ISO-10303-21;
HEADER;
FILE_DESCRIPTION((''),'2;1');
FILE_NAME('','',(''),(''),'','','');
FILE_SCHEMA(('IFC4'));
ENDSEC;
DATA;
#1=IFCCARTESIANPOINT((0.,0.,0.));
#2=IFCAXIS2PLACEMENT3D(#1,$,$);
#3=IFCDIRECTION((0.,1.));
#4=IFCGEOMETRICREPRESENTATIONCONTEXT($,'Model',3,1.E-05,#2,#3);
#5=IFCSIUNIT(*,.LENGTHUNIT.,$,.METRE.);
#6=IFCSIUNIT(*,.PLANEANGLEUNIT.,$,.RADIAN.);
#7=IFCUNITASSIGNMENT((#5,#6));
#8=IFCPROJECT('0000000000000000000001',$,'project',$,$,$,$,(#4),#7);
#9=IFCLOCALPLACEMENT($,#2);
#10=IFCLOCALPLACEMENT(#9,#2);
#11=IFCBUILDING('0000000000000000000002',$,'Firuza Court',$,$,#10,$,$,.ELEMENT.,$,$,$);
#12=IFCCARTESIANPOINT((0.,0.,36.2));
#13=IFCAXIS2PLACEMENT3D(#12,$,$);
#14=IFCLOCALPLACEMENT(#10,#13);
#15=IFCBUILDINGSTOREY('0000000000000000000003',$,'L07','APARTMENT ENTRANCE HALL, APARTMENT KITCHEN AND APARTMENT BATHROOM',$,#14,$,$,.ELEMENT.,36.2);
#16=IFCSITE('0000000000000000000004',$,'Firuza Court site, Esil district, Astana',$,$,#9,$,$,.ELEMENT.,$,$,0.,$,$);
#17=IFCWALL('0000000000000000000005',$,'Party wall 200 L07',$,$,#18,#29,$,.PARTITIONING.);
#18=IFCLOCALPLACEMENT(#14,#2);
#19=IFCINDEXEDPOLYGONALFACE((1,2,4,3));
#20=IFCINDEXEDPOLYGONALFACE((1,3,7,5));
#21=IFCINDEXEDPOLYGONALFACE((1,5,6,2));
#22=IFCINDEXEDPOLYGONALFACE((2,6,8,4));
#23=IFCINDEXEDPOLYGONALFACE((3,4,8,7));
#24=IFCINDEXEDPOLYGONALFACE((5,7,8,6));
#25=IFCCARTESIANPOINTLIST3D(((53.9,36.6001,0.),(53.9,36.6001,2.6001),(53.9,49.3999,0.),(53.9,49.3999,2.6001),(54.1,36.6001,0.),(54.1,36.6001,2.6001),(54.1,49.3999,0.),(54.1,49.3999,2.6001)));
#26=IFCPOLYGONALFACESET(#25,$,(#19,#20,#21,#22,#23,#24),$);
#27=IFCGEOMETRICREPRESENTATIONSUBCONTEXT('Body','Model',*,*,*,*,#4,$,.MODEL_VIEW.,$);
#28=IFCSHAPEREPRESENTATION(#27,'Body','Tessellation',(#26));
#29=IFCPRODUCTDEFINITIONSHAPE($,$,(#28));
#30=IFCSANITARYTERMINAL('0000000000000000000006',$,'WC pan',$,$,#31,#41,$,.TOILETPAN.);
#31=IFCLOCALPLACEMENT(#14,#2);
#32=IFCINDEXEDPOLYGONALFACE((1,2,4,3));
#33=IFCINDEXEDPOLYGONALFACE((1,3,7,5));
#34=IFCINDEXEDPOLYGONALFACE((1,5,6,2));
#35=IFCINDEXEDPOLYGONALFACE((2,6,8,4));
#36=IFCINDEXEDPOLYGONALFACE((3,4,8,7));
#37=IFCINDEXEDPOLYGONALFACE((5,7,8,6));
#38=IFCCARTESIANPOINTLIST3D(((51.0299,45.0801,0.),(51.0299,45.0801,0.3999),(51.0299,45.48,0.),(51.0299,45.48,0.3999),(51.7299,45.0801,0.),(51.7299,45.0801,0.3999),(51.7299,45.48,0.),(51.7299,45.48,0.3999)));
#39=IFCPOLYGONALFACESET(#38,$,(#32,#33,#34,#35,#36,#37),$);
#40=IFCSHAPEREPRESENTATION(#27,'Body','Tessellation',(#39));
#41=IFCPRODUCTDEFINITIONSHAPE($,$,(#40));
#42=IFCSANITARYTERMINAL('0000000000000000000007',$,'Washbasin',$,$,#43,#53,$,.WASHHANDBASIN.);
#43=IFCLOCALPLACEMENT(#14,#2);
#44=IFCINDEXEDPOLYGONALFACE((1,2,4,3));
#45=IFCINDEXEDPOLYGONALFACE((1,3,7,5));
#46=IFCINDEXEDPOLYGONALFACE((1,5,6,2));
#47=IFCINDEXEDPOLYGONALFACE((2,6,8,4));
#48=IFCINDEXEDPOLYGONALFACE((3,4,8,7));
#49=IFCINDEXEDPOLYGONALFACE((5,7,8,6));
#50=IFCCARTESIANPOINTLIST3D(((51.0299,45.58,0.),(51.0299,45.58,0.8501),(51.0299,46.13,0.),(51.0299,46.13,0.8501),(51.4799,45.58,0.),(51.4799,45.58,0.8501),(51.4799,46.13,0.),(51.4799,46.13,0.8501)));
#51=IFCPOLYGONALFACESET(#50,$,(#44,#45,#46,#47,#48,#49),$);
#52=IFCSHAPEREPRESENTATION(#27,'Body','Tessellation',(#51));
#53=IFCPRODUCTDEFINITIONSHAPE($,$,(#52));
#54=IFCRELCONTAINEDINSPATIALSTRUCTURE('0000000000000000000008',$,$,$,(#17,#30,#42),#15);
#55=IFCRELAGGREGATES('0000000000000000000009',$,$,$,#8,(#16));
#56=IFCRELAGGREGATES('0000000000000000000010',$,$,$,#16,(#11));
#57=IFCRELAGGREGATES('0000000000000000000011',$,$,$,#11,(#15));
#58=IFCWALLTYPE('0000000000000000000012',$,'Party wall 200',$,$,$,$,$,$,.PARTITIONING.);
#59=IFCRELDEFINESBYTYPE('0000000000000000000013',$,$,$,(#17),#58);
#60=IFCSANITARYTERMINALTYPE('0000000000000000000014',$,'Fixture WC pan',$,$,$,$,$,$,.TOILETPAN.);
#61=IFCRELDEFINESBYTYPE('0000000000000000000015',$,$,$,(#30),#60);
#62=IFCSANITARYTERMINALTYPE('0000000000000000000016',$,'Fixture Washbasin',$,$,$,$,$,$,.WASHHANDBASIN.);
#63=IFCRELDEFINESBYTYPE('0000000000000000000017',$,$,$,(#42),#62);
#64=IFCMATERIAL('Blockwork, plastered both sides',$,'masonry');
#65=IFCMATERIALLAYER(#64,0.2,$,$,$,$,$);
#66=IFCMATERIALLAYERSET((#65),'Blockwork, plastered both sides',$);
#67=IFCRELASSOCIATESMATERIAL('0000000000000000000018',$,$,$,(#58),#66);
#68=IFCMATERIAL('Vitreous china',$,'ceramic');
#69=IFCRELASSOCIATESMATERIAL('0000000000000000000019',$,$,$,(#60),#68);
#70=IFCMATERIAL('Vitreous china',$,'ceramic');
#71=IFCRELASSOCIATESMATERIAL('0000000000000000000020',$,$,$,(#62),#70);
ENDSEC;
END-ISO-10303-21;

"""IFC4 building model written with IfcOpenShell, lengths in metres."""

from ifc_helpers import new_model, si_unit, direction, frame, frame_2d, origin, origin_2d, place, context, subcontext, project, spatial, rectangle, extrude, material, layer, layer_set, type_object, element, save


model = new_model("IFC4")

# Units and contexts
model_context = context("Model", 3, precision=1e-05, world=origin(), true_north=direction((0.0, 1.0)))
body_context = subcontext(model_context, "Body", "Model", "MODEL_VIEW")
ifc_project = project(units=[si_unit("LENGTHUNIT", "METRE"), si_unit("PLANEANGLEUNIT", "RADIAN")], contexts=[model_context])

# Site, building, storey
site_placement = place(None, origin())
site = spatial("IfcSite", under=ifc_project, at=site_placement, Name="Firuza Court site, Esil district, Astana", CompositionType="ELEMENT", RefElevation=0.0)
building_placement = place(site_placement, origin())
building = spatial("IfcBuilding", under=site, at=building_placement, Name="Firuza Court", CompositionType="ELEMENT")
storey_placement = place(building_placement, frame((0.0, 0.0, 36.2)))
storey = spatial("IfcBuildingStorey", under=building, at=storey_placement, Name="L07", Description="APARTMENT ENTRANCE HALL, APARTMENT KITCHEN AND APARTMENT BATHROOM", CompositionType="ELEMENT", Elevation=36.2)

# Wall
ifc_material_1 = material(Name="Blockwork, plastered both sides", Category="masonry")
ifc_layer_1 = layer(ifc_material_1, 0.2)
ifc_layer_set_1 = layer_set([ifc_layer_1], Name="Blockwork, plastered both sides")
wall_type_1 = type_object("IfcWallType", Name="Party wall 200", PredefinedType="PARTITIONING", material=ifc_layer_set_1)
wall_1_placement = place(storey_placement, frame((54.0, 36.6001, 0.0), z_axis=(0.0, 0.0, 1.0), x_axis=(0.0, 1.0, 0.0)))
element("IfcWall", 1, at=wall_1_placement, inside=storey, type_object=wall_type_1, Name="Party wall 200 L07", PredefinedType="PARTITIONING", context=body_context, shape_type="SweptSolid", body=[
    extrude(rectangle(XDim=12.7998, YDim=0.2, at=frame_2d((6.3999, 0.0))), origin(), (0.0, 0.0, 1.0), 2.6001),
])

# Sanitary terminals
ifc_material_2 = material(Name="Vitreous china", Category="ceramic")
sanitary_terminal_type_1 = type_object("IfcSanitaryTerminalType", Name="Fixture WC pan", PredefinedType="TOILETPAN", material=ifc_material_2)
sanitary_terminal_1_placement = place(storey_placement, frame((51.3799, 45.28, 0.0), z_axis=(0.0, 0.0, 1.0), x_axis=(1.0, 0.0, 0.0)))
element("IfcSanitaryTerminal", 2, at=sanitary_terminal_1_placement, inside=storey, type_object=sanitary_terminal_type_1, Name="WC pan", PredefinedType="TOILETPAN", context=body_context, shape_type="SweptSolid", body=[
    extrude(rectangle(XDim=0.7, YDim=0.3999, at=origin_2d()), origin(), (0.0, 0.0, 1.0), 0.3999),
])
ifc_material_3 = material(Name="Vitreous china", Category="ceramic")
sanitary_terminal_type_2 = type_object("IfcSanitaryTerminalType", Name="Fixture Washbasin", PredefinedType="WASHHANDBASIN", material=ifc_material_3)
sanitary_terminal_2_placement = place(storey_placement, frame((51.2549, 45.855, 0.0), z_axis=(0.0, 0.0, 1.0), x_axis=(1.0, 0.0, 0.0)))
element("IfcSanitaryTerminal", 3, at=sanitary_terminal_2_placement, inside=storey, type_object=sanitary_terminal_type_2, Name="Washbasin", PredefinedType="WASHHANDBASIN", context=body_context, shape_type="SweptSolid", body=[
    extrude(rectangle(XDim=0.45, YDim=0.55, at=origin_2d()), origin(), (0.0, 0.0, 1.0), 0.8501),
])

save(model, "model.ifc")
